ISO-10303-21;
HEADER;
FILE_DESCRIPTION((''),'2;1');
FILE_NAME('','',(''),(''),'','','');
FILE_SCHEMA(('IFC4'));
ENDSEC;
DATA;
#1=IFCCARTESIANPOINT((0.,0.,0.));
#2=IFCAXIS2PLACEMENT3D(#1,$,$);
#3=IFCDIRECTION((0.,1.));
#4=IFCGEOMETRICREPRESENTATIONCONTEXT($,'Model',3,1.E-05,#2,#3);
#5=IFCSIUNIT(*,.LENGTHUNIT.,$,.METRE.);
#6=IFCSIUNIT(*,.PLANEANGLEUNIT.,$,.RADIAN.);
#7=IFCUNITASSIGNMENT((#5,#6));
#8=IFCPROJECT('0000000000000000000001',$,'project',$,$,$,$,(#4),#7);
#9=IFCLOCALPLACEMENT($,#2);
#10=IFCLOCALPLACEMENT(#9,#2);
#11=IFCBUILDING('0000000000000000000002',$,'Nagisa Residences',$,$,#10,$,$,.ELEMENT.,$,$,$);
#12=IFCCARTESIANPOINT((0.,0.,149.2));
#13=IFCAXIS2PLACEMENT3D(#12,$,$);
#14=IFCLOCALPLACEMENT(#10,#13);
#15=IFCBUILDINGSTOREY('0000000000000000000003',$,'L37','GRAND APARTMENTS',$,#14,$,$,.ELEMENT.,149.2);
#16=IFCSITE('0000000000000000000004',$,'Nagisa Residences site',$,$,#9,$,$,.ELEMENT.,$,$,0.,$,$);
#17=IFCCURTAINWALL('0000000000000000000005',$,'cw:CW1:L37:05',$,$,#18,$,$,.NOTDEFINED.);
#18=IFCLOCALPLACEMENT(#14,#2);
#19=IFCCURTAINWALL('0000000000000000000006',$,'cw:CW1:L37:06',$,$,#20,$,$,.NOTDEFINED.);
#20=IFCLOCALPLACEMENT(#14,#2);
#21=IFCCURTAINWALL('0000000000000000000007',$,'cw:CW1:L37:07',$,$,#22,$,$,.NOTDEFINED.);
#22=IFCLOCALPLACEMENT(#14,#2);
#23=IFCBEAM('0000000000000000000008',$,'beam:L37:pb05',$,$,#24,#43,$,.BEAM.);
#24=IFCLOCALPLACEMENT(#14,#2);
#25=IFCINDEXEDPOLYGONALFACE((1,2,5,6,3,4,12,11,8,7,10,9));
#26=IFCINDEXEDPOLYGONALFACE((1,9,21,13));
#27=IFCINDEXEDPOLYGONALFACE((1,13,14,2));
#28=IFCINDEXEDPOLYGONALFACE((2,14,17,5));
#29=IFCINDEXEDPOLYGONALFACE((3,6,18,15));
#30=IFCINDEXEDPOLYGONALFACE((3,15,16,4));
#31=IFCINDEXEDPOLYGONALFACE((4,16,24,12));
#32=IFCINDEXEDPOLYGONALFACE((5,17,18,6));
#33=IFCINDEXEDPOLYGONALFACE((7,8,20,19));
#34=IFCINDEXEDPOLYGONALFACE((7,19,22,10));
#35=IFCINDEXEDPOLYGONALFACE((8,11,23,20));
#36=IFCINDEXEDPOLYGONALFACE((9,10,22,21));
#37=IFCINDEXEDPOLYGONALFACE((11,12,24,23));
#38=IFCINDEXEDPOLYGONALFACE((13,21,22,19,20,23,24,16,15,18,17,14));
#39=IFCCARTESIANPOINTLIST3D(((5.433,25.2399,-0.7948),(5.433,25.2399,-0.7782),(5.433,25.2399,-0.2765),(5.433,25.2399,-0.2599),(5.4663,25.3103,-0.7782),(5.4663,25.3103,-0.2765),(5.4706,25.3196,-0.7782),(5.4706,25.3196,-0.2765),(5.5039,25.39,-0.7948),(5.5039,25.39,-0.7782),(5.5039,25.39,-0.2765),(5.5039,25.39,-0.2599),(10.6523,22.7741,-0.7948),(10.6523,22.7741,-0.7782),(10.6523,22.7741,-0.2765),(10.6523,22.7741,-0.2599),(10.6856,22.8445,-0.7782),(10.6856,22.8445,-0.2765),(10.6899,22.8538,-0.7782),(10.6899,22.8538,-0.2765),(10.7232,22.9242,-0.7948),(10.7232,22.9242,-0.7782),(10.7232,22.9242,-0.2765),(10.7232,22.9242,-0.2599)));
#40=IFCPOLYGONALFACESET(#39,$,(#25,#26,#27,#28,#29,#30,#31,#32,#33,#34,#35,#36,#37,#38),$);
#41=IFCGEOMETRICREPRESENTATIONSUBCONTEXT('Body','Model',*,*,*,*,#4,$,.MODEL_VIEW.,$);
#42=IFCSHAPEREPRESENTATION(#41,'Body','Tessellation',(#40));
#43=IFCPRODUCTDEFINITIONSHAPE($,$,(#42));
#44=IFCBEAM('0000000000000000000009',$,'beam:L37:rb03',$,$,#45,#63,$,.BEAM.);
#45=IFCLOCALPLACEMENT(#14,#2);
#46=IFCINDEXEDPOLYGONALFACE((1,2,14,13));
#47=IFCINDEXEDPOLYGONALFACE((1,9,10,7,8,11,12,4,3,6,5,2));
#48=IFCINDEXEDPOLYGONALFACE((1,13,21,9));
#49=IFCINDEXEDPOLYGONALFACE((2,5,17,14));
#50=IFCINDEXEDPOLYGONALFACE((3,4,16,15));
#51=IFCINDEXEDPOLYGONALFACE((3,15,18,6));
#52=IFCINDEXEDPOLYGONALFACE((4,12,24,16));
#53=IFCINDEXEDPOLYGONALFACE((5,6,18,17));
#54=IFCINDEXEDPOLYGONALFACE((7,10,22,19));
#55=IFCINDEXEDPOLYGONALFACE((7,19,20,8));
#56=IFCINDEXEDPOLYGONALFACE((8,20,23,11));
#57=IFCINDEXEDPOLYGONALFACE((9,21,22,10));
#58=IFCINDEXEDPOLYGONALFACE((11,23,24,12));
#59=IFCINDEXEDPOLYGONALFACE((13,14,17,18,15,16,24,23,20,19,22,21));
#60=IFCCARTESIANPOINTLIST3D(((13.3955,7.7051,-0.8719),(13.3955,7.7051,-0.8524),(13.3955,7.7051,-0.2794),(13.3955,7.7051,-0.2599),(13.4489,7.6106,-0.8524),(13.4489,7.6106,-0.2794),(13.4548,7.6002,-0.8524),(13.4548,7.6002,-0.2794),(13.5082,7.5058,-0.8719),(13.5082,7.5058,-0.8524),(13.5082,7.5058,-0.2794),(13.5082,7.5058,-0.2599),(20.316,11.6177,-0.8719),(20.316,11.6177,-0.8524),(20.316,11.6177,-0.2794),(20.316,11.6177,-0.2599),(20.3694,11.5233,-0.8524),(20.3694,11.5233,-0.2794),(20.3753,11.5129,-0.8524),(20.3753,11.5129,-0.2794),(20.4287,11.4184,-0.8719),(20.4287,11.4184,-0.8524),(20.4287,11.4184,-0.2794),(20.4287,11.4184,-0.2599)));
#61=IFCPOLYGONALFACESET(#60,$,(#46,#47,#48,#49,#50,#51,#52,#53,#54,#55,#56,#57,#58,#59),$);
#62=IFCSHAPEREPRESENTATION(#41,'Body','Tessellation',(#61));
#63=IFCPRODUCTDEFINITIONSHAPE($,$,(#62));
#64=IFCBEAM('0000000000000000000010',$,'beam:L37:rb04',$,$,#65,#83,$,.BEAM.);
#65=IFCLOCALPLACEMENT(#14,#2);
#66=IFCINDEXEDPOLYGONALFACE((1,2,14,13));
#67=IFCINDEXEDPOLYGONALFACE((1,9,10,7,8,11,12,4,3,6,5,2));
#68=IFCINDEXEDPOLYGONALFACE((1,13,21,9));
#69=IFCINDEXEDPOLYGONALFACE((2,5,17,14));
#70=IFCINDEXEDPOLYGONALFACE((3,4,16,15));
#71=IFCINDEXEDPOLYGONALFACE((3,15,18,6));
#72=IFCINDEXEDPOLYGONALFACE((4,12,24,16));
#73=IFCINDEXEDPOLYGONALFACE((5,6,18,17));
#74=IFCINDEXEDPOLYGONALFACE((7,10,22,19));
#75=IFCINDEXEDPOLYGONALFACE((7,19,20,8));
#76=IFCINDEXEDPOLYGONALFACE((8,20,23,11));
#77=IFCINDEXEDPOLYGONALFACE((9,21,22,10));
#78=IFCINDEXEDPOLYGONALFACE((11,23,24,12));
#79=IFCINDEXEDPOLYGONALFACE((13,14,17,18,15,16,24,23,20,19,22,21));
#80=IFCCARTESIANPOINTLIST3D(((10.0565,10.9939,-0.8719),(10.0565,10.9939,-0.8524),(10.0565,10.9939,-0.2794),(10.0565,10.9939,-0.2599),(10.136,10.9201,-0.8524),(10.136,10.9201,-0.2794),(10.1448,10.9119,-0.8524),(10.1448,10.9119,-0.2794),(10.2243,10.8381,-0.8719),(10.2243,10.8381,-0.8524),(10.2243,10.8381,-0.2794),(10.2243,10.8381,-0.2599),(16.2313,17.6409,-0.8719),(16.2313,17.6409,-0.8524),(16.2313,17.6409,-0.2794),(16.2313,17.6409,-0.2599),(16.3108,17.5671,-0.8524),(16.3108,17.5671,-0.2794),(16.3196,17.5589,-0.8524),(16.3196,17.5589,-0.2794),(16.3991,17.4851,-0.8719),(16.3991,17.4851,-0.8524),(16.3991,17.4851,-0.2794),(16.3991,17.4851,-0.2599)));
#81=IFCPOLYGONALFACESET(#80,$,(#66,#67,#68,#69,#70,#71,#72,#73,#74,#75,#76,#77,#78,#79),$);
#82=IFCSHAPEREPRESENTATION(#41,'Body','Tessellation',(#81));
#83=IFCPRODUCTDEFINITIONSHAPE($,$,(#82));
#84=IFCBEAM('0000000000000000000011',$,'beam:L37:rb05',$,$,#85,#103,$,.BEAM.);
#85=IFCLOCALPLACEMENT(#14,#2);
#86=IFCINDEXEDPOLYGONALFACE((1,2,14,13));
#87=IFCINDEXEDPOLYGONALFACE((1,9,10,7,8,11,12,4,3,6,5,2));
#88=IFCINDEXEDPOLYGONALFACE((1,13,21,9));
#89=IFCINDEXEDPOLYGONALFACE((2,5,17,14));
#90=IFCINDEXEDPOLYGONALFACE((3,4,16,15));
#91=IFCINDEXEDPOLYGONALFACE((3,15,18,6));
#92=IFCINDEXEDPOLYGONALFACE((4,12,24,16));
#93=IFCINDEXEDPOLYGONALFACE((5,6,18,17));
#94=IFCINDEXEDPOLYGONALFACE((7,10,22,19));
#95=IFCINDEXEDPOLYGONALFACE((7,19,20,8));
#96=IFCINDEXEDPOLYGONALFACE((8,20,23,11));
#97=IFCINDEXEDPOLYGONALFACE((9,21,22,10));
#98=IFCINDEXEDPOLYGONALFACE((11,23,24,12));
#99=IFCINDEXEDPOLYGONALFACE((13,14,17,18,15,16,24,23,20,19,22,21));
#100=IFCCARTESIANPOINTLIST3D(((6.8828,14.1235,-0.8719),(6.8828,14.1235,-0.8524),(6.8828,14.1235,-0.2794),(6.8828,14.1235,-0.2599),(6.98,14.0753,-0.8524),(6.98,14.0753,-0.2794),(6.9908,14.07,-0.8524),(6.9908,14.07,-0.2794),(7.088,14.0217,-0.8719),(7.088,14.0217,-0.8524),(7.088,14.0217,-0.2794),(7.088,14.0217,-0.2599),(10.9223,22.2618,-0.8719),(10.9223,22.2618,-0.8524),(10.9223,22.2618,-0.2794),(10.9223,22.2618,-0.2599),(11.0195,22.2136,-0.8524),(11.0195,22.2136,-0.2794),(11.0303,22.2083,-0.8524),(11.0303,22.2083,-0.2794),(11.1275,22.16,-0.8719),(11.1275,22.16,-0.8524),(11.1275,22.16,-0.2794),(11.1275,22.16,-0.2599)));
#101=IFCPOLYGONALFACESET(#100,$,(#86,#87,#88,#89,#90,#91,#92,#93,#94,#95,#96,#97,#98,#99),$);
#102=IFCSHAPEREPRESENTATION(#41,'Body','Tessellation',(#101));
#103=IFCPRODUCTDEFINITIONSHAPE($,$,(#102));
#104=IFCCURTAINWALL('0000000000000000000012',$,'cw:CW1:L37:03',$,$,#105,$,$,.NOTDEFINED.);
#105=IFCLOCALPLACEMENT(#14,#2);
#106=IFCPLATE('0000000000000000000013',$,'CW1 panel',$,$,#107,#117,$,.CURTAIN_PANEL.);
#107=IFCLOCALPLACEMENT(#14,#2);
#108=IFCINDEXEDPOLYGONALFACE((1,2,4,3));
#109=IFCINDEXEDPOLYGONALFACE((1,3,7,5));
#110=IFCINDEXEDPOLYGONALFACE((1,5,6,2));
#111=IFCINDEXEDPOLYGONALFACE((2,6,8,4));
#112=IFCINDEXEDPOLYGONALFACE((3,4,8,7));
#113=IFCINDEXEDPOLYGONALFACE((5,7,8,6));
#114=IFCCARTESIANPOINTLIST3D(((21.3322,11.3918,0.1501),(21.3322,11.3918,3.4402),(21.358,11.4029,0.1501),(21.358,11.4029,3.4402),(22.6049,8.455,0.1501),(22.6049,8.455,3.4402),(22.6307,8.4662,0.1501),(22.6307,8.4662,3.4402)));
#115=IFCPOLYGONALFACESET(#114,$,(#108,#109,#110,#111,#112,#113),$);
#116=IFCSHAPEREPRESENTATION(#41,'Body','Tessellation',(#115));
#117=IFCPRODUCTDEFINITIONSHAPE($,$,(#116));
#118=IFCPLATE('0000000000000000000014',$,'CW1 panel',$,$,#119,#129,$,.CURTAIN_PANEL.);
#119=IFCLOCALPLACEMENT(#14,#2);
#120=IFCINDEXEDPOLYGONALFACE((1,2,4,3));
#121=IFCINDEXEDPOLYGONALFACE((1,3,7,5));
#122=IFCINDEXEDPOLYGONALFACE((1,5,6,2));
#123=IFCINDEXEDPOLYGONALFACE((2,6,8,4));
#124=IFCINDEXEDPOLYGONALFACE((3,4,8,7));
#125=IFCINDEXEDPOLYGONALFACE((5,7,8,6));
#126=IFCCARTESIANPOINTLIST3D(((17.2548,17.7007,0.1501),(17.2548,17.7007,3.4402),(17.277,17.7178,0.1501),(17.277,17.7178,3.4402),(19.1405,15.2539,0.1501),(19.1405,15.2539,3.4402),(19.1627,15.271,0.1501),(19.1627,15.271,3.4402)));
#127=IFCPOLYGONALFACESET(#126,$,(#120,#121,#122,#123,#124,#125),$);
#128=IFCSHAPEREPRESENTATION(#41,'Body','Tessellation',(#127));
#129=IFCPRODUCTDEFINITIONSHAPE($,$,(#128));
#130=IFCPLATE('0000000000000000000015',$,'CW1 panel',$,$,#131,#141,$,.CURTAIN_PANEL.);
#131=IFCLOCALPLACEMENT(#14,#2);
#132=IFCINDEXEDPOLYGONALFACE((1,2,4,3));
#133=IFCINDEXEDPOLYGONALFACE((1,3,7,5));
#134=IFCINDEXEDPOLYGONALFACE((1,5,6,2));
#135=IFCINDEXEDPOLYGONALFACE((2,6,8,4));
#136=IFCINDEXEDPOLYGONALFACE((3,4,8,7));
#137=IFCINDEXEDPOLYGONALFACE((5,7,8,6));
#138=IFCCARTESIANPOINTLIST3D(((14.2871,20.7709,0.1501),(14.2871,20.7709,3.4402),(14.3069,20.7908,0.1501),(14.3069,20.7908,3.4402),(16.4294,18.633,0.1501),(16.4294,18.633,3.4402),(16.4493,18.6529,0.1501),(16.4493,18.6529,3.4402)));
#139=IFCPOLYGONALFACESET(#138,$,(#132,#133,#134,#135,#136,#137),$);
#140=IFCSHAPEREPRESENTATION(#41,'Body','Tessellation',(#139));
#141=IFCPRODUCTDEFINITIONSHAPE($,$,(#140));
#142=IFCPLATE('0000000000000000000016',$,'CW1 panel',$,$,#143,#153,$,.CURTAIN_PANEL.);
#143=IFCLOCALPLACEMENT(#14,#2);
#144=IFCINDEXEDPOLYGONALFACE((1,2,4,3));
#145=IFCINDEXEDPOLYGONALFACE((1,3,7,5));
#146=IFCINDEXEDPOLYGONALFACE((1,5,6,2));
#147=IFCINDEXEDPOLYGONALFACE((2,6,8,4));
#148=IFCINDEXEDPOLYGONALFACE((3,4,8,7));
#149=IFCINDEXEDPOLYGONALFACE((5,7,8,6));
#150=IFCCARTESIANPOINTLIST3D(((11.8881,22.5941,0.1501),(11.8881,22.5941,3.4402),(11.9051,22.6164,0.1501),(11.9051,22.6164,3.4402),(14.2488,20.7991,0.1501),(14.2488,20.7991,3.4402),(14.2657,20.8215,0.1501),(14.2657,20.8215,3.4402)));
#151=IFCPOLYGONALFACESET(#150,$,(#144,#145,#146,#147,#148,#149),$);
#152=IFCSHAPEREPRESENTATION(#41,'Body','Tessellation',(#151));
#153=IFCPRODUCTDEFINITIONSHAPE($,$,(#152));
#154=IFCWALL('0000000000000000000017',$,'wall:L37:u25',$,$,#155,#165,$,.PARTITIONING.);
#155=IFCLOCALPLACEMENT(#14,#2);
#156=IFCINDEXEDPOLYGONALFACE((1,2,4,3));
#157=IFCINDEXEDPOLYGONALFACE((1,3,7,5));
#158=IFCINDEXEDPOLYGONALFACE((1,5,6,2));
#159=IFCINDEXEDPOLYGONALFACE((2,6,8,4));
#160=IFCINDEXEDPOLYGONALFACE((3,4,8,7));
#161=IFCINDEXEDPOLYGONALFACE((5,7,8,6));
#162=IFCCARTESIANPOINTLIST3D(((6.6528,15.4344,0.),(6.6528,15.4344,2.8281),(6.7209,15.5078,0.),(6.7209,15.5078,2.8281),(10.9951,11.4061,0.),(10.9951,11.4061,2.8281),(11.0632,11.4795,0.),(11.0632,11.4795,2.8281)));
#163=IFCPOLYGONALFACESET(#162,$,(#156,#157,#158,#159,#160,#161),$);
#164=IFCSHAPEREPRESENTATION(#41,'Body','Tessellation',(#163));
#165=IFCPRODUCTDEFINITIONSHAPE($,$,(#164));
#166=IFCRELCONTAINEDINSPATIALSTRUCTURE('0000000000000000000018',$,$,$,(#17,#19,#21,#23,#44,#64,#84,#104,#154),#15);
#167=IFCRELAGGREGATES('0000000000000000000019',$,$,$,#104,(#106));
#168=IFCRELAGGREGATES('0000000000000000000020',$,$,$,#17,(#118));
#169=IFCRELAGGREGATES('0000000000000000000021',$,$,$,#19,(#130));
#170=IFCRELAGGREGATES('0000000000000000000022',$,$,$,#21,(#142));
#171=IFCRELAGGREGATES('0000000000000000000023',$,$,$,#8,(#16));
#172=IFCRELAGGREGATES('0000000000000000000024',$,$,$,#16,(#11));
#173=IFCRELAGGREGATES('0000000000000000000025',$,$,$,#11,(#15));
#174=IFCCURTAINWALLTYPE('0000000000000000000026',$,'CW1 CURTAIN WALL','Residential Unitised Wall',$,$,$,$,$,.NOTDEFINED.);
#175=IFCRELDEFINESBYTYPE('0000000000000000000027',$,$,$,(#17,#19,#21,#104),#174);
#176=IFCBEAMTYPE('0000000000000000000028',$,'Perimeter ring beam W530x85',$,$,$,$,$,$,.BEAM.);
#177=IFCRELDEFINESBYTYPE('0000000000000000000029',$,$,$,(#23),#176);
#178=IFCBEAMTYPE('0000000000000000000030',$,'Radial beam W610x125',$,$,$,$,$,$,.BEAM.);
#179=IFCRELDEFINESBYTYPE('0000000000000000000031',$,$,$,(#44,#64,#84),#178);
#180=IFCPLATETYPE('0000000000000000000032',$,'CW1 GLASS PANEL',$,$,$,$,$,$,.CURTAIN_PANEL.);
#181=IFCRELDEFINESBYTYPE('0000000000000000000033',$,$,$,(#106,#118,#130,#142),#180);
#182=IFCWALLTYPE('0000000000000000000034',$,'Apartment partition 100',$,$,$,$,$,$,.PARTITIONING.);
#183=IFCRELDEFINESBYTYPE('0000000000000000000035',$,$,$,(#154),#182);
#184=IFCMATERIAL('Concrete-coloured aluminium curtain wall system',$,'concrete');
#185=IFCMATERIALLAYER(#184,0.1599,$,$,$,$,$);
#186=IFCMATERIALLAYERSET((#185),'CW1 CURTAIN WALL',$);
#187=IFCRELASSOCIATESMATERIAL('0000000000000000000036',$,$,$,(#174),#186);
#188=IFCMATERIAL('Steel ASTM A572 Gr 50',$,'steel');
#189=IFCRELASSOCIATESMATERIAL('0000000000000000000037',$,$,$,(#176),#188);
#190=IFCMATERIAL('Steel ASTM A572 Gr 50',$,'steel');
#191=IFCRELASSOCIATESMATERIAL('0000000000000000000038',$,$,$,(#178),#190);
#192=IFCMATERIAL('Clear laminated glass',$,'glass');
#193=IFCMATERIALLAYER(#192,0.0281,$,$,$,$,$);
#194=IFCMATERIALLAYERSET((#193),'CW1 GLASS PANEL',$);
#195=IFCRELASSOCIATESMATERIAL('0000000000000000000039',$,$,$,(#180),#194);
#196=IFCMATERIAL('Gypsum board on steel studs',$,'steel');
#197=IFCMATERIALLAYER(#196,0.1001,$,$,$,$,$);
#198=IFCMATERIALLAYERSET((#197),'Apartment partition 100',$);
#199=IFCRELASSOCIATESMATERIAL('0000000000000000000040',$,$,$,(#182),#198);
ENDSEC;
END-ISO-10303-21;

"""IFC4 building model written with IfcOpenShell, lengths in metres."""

from ifc_helpers import new_model, si_unit, direction, frame, frame_2d, origin, origin_2d, place, context, subcontext, project, spatial, rectangle, i_section, extrude, material, layer, layer_set, material_profile, profile_set, type_object, element, aggregate, save


model = new_model("IFC4")

# Units and contexts
model_context = context("Model", 3, precision=1e-05, world=origin(), true_north=direction((0.0, 1.0)))
body_context = subcontext(model_context, "Body", "Model", "MODEL_VIEW")
ifc_project = project(units=[si_unit("LENGTHUNIT", "METRE"), si_unit("PLANEANGLEUNIT", "RADIAN")], contexts=[model_context])

# Site, building, storey
site_placement = place(None, origin())
site = spatial("IfcSite", under=ifc_project, at=site_placement, Name="Nagisa Residences site", CompositionType="ELEMENT", RefElevation=0.0)
building_placement = place(site_placement, origin())
building = spatial("IfcBuilding", under=site, at=building_placement, Name="Nagisa Residences", CompositionType="ELEMENT")
storey_placement = place(building_placement, frame((0.0, 0.0, 149.2)))
storey = spatial("IfcBuildingStorey", under=building, at=storey_placement, Name="L37", Description="GRAND APARTMENTS", CompositionType="ELEMENT", Elevation=149.2)

# Curtain walls
ifc_material_1 = material(Name="Concrete-coloured aluminium curtain wall system", Category="concrete")
ifc_layer_1 = layer(ifc_material_1, 0.1599)
ifc_layer_set_1 = layer_set([ifc_layer_1], Name="CW1 CURTAIN WALL")
curtain_wall_type = type_object("IfcCurtainWallType", Name="CW1 CURTAIN WALL", Description="Residential Unitised Wall", PredefinedType="NOTDEFINED", material=ifc_layer_set_1)
curtain_wall_1_placement = place(storey_placement, origin())
curtain_wall_1 = element("IfcCurtainWall", 1, at=curtain_wall_1_placement, inside=storey, type_object=curtain_wall_type, Name="cw:CW1:L37:05", PredefinedType="NOTDEFINED")
curtain_wall_2_placement = place(storey_placement, origin())
curtain_wall_2 = element("IfcCurtainWall", 2, at=curtain_wall_2_placement, inside=storey, type_object=curtain_wall_type, Name="cw:CW1:L37:06", PredefinedType="NOTDEFINED")
curtain_wall_3_placement = place(storey_placement, origin())
curtain_wall_3 = element("IfcCurtainWall", 3, at=curtain_wall_3_placement, inside=storey, type_object=curtain_wall_type, Name="cw:CW1:L37:07", PredefinedType="NOTDEFINED")

# Beams
ifc_material_2 = material(Name="Steel ASTM A572 Gr 50", Category="steel")
ifc_material_profile_1 = material_profile(ifc_material_2, i_section(OverallWidth=0.166, OverallDepth=0.5349, WebThickness=0.0103, FlangeThickness=0.0166, at=origin_2d()), Name="W530x85")
ifc_profile_set_1 = profile_set([ifc_material_profile_1], Name="Steel ASTM A572 Gr 50")
beam_type_1 = type_object("IfcBeamType", Name="Perimeter ring beam W530x85", PredefinedType="BEAM", material=ifc_profile_set_1)
beam_1_placement = place(storey_placement, frame((10.6877, 22.8491, -0.5273), z_axis=(-0.90417, 0.427173, 0.0), x_axis=(-0.427173, -0.90417, 0.0)))
element("IfcBeam", 4, at=beam_1_placement, inside=storey, type_object=beam_type_1, Name="beam:L37:pb05", PredefinedType="BEAM", context=body_context, shape_type="SweptSolid", body=[
    extrude(i_section(OverallWidth=0.166, OverallDepth=0.5349, WebThickness=0.0103, FlangeThickness=0.0166, at=origin_2d()), origin(), (0.0, 0.0, 1.0), 5.7725),
])
ifc_material_3 = material(Name="Steel ASTM A572 Gr 50", Category="steel")
ifc_material_profile_2 = material_profile(ifc_material_3, i_section(OverallWidth=0.229, OverallDepth=0.6121, WebThickness=0.012, FlangeThickness=0.0195, at=origin_2d()), Name="W610x125")
ifc_profile_set_2 = profile_set([ifc_material_profile_2], Name="Steel ASTM A572 Gr 50")
beam_type_2 = type_object("IfcBeamType", Name="Radial beam W610x125", PredefinedType="BEAM", material=ifc_profile_set_2)
beam_2_placement = place(storey_placement, frame((20.3723, 11.5181, -0.5659), z_axis=(-0.870506, -0.492158, 0.0), x_axis=(0.492158, -0.870506, 0.0)))
element("IfcBeam", 5, at=beam_2_placement, inside=storey, type_object=beam_type_2, Name="beam:L37:rb03", PredefinedType="BEAM", context=body_context, shape_type="SweptSolid", body=[
    extrude(i_section(OverallWidth=0.229, OverallDepth=0.6121, WebThickness=0.012, FlangeThickness=0.0195, at=origin_2d()), origin(), (0.0, 0.0, 1.0), 7.95),
])
beam_3_placement = place(storey_placement, frame((16.3152, 17.563, -0.5659), z_axis=(-0.680606, -0.73265, 0.0), x_axis=(0.73265, -0.680606, 0.0)))
element("IfcBeam", 6, at=beam_3_placement, inside=storey, type_object=beam_type_2, Name="beam:L37:rb04", PredefinedType="BEAM", context=body_context, shape_type="SweptSolid", body=[
    extrude(i_section(OverallWidth=0.229, OverallDepth=0.6121, WebThickness=0.012, FlangeThickness=0.0195, at=origin_2d()), origin(), (0.0, 0.0, 1.0), 9.0725),
])
beam_4_placement = place(storey_placement, frame((11.0249, 22.2109, -0.5659), z_axis=(-0.4446, -0.895729, 0.0), x_axis=(0.895729, -0.4446, 0.0)))
element("IfcBeam", 7, at=beam_4_placement, inside=storey, type_object=beam_type_2, Name="beam:L37:rb05", PredefinedType="BEAM", context=body_context, shape_type="SweptSolid", body=[
    extrude(i_section(OverallWidth=0.229, OverallDepth=0.6121, WebThickness=0.012, FlangeThickness=0.0195, at=origin_2d()), origin(), (0.0, 0.0, 1.0), 9.0857),
])

# Curtain wall, plate
curtain_wall_4_placement = place(storey_placement, origin())
curtain_wall_4 = element("IfcCurtainWall", 8, at=curtain_wall_4_placement, inside=storey, type_object=curtain_wall_type, Name="cw:CW1:L37:03", PredefinedType="NOTDEFINED")
ifc_material_4 = material(Name="Clear laminated glass", Category="glass")
ifc_layer_2 = layer(ifc_material_4, 0.0281)
ifc_layer_set_2 = layer_set([ifc_layer_2], Name="CW1 GLASS PANEL")
plate_type = type_object("IfcPlateType", Name="CW1 GLASS PANEL", PredefinedType="CURTAIN_PANEL", material=ifc_layer_set_2)
plate_1_placement = place(storey_placement, frame((21.9814, 9.929, 0.1501), z_axis=(0.0, 0.0, 1.0), x_axis=(-0.397636, 0.917543, 0.0)))
plate_1 = element("IfcPlate", 9, at=plate_1_placement, type_object=plate_type, Name="CW1 panel", PredefinedType="CURTAIN_PANEL", context=body_context, shape_type="SweptSolid", body=[
    extrude(rectangle(XDim=3.2007, YDim=0.0281, at=origin_2d()), origin(), (0.0, 0.0, 1.0), 3.29),
])
aggregate(curtain_wall_4, [plate_1])

# Plates
plate_2_placement = place(storey_placement, frame((18.2087, 16.4858, 0.1501), z_axis=(0.0, 0.0, 1.0), x_axis=(-0.61043, 0.79207, 0.0)))
plate_2 = element("IfcPlate", 10, at=plate_2_placement, type_object=plate_type, Name="CW1 panel", PredefinedType="CURTAIN_PANEL", context=body_context, shape_type="SweptSolid", body=[
    extrude(rectangle(XDim=3.0891, YDim=0.0281, at=origin_2d()), origin(), (0.0, 0.0, 1.0), 3.29),
])
aggregate(curtain_wall_1, [plate_2])
plate_3_placement = place(storey_placement, frame((15.3682, 19.7119, 0.1501), z_axis=(0.0, 0.0, 1.0), x_axis=(-0.707836, 0.706377, 0.0)))
plate_3 = element("IfcPlate", 11, at=plate_3_placement, type_object=plate_type, Name="CW1 panel", PredefinedType="CURTAIN_PANEL", context=body_context, shape_type="SweptSolid", body=[
    extrude(rectangle(XDim=3.0266, YDim=0.0281, at=origin_2d()), origin(), (0.0, 0.0, 1.0), 3.29),
])
aggregate(curtain_wall_2, [plate_3])
plate_4_placement = place(storey_placement, frame((13.0769, 21.7078, 0.1501), z_axis=(0.0, 0.0, 1.0), x_axis=(-0.796031, 0.605255, 0.0)))
plate_4 = element("IfcPlate", 12, at=plate_4_placement, type_object=plate_type, Name="CW1 panel", PredefinedType="CURTAIN_PANEL", context=body_context, shape_type="SweptSolid", body=[
    extrude(rectangle(XDim=2.9656, YDim=0.0281, at=origin_2d()), origin(), (0.0, 0.0, 1.0), 3.29),
])
aggregate(curtain_wall_3, [plate_4])

# Wall
ifc_material_5 = material(Name="Gypsum board on steel studs", Category="steel")
ifc_layer_3 = layer(ifc_material_5, 0.1001)
ifc_layer_set_3 = layer_set([ifc_layer_3], Name="Apartment partition 100")
wall_type_1 = type_object("IfcWallType", Name="Apartment partition 100", PredefinedType="PARTITIONING", material=ifc_layer_set_3)
wall_1_placement = place(storey_placement, frame((11.0291, 11.4429, 0.0), z_axis=(0.0, 0.0, 1.0), x_axis=(-0.733113, 0.680106, 0.0)))
element("IfcWall", 13, at=wall_1_placement, inside=storey, type_object=wall_type_1, Name="wall:L37:u25", PredefinedType="PARTITIONING", context=body_context, shape_type="SweptSolid", body=[
    extrude(rectangle(XDim=5.9231, YDim=0.1001, at=frame_2d((2.9614, 0.0))), origin(), (0.0, 0.0, 1.0), 2.8281),
])

save(model, "model.ifc")
